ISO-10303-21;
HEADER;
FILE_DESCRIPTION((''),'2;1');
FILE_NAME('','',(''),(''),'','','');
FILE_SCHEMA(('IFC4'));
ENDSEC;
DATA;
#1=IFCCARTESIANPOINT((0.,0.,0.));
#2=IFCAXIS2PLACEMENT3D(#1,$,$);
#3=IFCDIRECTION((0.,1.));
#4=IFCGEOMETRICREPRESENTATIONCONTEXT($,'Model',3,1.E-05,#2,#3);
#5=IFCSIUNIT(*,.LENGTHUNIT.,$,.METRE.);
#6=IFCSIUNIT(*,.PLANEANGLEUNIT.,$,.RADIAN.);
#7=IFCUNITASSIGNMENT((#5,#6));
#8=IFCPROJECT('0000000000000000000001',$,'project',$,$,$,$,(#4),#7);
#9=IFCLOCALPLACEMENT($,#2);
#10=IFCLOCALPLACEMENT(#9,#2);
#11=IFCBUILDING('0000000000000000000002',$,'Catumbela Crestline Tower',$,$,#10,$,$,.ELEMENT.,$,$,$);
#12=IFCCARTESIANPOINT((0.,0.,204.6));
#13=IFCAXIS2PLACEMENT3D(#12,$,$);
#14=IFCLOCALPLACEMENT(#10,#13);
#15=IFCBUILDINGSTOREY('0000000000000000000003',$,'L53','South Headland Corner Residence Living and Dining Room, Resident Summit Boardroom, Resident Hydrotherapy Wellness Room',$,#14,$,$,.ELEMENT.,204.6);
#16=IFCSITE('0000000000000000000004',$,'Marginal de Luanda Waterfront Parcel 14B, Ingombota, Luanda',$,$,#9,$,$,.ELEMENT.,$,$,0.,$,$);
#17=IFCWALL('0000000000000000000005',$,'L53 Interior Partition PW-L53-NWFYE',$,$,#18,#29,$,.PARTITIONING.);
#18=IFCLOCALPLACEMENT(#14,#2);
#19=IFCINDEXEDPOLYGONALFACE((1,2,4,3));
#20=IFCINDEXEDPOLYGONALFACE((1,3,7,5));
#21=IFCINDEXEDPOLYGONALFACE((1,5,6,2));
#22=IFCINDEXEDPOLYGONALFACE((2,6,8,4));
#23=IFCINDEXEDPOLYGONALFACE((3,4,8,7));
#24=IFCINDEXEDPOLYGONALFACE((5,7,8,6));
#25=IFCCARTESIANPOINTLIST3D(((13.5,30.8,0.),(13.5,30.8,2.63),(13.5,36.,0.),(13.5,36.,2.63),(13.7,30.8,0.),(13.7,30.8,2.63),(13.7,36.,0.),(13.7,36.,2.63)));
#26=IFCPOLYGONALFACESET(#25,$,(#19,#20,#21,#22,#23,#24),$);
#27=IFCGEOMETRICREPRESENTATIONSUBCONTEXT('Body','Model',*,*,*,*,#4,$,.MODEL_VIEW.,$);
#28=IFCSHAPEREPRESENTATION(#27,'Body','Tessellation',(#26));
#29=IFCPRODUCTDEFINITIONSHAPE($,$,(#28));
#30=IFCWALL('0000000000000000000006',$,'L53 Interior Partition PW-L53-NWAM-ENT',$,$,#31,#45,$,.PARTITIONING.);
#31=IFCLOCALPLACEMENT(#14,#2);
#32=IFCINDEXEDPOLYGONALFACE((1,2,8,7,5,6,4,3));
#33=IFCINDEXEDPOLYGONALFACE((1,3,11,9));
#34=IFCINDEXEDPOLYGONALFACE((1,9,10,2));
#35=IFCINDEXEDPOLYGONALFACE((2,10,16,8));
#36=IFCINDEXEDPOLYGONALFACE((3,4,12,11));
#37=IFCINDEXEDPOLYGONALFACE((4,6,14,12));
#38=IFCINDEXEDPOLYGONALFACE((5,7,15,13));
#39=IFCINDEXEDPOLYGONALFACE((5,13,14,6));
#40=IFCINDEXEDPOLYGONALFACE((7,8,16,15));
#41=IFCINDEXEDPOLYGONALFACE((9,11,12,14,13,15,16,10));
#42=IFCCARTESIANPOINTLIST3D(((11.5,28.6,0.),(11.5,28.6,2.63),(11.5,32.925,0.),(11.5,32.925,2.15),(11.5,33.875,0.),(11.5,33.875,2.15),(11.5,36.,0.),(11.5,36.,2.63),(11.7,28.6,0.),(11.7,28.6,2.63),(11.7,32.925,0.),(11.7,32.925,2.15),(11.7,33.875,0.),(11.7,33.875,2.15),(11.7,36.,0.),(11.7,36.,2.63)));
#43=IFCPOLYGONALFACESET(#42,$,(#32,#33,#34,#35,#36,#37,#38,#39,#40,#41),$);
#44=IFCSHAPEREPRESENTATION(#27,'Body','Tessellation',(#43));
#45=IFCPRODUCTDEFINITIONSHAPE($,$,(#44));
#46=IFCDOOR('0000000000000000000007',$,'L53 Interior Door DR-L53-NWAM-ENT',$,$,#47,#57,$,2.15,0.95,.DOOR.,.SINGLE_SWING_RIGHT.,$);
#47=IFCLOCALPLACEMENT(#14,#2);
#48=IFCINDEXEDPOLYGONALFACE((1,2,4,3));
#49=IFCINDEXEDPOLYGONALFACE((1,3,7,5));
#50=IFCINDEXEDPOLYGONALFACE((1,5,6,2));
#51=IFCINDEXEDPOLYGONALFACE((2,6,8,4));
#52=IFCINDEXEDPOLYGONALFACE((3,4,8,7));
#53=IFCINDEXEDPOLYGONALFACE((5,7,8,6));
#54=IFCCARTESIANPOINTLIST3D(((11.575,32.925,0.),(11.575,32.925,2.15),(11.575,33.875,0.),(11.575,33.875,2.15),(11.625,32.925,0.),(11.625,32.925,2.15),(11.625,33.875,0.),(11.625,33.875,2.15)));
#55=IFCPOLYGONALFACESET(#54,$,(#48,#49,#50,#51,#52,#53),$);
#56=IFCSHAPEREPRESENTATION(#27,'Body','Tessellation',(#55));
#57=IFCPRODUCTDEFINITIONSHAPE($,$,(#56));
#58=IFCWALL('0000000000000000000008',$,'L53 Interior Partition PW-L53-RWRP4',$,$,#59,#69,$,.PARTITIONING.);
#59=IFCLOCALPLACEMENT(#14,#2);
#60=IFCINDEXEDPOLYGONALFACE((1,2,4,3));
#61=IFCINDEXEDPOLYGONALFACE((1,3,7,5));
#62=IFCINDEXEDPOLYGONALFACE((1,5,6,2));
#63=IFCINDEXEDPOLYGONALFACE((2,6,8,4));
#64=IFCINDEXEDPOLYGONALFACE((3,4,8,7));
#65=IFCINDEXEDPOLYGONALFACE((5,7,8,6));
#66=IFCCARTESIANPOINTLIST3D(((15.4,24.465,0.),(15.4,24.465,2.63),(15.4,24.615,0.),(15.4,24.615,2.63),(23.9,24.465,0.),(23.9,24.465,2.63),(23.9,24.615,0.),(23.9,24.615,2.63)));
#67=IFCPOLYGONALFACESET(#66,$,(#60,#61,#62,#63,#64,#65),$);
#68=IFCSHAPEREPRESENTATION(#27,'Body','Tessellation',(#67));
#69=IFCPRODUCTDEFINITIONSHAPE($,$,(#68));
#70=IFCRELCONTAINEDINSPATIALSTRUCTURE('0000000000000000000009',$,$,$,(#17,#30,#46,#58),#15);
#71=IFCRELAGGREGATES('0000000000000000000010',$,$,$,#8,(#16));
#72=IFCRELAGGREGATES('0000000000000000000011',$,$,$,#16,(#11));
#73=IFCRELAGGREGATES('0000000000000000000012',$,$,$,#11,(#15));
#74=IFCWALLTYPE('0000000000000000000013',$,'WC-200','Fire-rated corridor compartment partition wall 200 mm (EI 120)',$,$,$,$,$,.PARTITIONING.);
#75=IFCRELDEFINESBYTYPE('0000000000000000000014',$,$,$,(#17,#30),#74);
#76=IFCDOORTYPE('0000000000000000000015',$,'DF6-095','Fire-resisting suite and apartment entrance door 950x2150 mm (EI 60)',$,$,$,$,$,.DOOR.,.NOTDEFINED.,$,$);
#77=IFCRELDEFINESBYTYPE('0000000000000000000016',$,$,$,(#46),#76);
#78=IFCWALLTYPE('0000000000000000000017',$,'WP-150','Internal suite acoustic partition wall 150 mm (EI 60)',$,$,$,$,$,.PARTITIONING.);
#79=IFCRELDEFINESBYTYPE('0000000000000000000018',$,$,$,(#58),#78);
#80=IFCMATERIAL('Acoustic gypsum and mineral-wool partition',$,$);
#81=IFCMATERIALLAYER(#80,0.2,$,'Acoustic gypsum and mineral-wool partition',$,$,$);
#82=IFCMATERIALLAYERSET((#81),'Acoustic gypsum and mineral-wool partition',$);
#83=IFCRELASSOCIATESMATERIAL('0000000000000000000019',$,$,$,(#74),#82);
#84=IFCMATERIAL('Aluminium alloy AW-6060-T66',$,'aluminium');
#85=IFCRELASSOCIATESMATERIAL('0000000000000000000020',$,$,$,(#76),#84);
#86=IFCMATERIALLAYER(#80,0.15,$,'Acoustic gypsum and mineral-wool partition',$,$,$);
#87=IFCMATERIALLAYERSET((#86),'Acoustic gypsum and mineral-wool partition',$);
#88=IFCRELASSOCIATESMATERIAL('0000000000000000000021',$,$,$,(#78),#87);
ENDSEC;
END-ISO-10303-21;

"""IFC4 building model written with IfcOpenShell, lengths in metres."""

from ifc_helpers import new_model, si_unit, direction, frame, frame_2d, origin, place, context, subcontext, project, spatial, rectangle, extrude, material, layer, layer_set, type_object, element, fill, save


model = new_model("IFC4")

# Units and contexts
model_context = context("Model", 3, precision=1e-05, world=origin(), true_north=direction((0.0, 1.0)))
body_context = subcontext(model_context, "Body", "Model", "MODEL_VIEW")
ifc_project = project(units=[si_unit("LENGTHUNIT", "METRE"), si_unit("PLANEANGLEUNIT", "RADIAN")], contexts=[model_context])

# Site, building, storey
site_placement = place(None, origin())
site = spatial("IfcSite", under=ifc_project, at=site_placement, Name="Marginal de Luanda Waterfront Parcel 14B, Ingombota, Luanda", CompositionType="ELEMENT", RefElevation=0.0)
building_placement = place(site_placement, origin())
building = spatial("IfcBuilding", under=site, at=building_placement, Name="Catumbela Crestline Tower", CompositionType="ELEMENT")
storey_placement = place(building_placement, frame((0.0, 0.0, 204.6)))
storey = spatial("IfcBuildingStorey", under=building, at=storey_placement, Name="L53", Description="South Headland Corner Residence Living and Dining Room, Resident Summit Boardroom, Resident Hydrotherapy Wellness Room", CompositionType="ELEMENT", Elevation=204.6)

# Shared definitions
ifc_material_1 = material(Name="Acoustic gypsum and mineral-wool partition")
ifc_layer_1 = layer(ifc_material_1, 0.2, Name="Acoustic gypsum and mineral-wool partition")
ifc_layer_set_1 = layer_set([ifc_layer_1], Name="Acoustic gypsum and mineral-wool partition")
wall_type_1 = type_object("IfcWallType", Name="WC-200", Description="Fire-rated corridor compartment partition wall 200 mm (EI 120)", PredefinedType="PARTITIONING", material=ifc_layer_set_1)

# Shared definitions
ifc_material_2 = material(Name="Aluminium alloy AW-6060-T66", Category="aluminium")
door_type_1 = type_object("IfcDoorType", Name="DF6-095", Description="Fire-resisting suite and apartment entrance door 950x2150 mm (EI 60)", OperationType="NOTDEFINED", PredefinedType="DOOR", material=ifc_material_2)

# Wall
wall_1_placement = place(storey_placement, frame((13.6, 30.8, 0.0), z_axis=(0.0, 0.0, 1.0), x_axis=(0.0, 1.0, 0.0)))
element("IfcWall", 1, at=wall_1_placement, inside=storey, type_object=wall_type_1, Name="L53 Interior Partition PW-L53-NWFYE", PredefinedType="PARTITIONING", context=body_context, shape_type="SweptSolid", body=[
    extrude(rectangle(XDim=5.2, YDim=0.2, at=frame_2d((2.6, 0.0))), origin(), (0.0, 0.0, 1.0), 2.63),
])

# Wall, opening, door
wall_2_placement = place(storey_placement, frame((11.6, 28.6, 0.0), z_axis=(0.0, 0.0, 1.0), x_axis=(0.0, 1.0, 0.0)))
wall_2 = element("IfcWall", 2, at=wall_2_placement, inside=storey, type_object=wall_type_1, Name="L53 Interior Partition PW-L53-NWAM-ENT", PredefinedType="PARTITIONING", context=body_context, shape_type="SweptSolid", body=[
    extrude(rectangle(XDim=7.4, YDim=0.2, at=frame_2d((3.7, 0.0))), origin(), (0.0, 0.0, 1.0), 2.63),
])
opening_1_placement = place(wall_2_placement, frame((4.325, 0.0, 0.0)))
opening_1 = element("IfcOpeningElement", 3, at=opening_1_placement, cuts=wall_2, PredefinedType="OPENING", context=body_context, shape_type="SweptSolid", body=[
    extrude(rectangle(XDim=0.95, YDim=2.15, at=frame_2d((0.475, 1.075))), frame((0.0, 0.11, 0.0), z_axis=(0.0, -1.0, 0.0), x_axis=(1.0, 0.0, 0.0)), (0.0, 0.0, 1.0), 0.22),
])
door_1_placement = place(opening_1_placement, origin())
door_1 = element("IfcDoor", 4, at=door_1_placement, inside=storey, type_object=door_type_1, Name="L53 Interior Door DR-L53-NWAM-ENT", OperationType="SINGLE_SWING_RIGHT", OverallHeight=2.15, OverallWidth=0.95, PredefinedType="DOOR", context=body_context, shape_type="SweptSolid", body=[
    extrude(rectangle(XDim=0.95, YDim=2.15, at=frame_2d((0.475, 1.075))), frame((0.0, 0.025, 0.0), z_axis=(0.0, -1.0, 0.0), x_axis=(1.0, 0.0, 0.0)), (0.0, 0.0, 1.0), 0.05),
])
fill(opening_1, door_1)

# Wall
ifc_layer_2 = layer(ifc_material_1, 0.15, Name="Acoustic gypsum and mineral-wool partition")
ifc_layer_set_2 = layer_set([ifc_layer_2], Name="Acoustic gypsum and mineral-wool partition")
wall_type_2 = type_object("IfcWallType", Name="WP-150", Description="Internal suite acoustic partition wall 150 mm (EI 60)", PredefinedType="PARTITIONING", material=ifc_layer_set_2)
wall_3_placement = place(storey_placement, frame((15.4, 24.54, 0.0), z_axis=(0.0, 0.0, 1.0), x_axis=(1.0, 0.0, 0.0)))
element("IfcWall", 5, at=wall_3_placement, inside=storey, type_object=wall_type_2, Name="L53 Interior Partition PW-L53-RWRP4", PredefinedType="PARTITIONING", context=body_context, shape_type="SweptSolid", body=[
    extrude(rectangle(XDim=8.5, YDim=0.15, at=frame_2d((4.25, 0.0))), origin(), (0.0, 0.0, 1.0), 2.63),
])

save(model, "model.ifc")
